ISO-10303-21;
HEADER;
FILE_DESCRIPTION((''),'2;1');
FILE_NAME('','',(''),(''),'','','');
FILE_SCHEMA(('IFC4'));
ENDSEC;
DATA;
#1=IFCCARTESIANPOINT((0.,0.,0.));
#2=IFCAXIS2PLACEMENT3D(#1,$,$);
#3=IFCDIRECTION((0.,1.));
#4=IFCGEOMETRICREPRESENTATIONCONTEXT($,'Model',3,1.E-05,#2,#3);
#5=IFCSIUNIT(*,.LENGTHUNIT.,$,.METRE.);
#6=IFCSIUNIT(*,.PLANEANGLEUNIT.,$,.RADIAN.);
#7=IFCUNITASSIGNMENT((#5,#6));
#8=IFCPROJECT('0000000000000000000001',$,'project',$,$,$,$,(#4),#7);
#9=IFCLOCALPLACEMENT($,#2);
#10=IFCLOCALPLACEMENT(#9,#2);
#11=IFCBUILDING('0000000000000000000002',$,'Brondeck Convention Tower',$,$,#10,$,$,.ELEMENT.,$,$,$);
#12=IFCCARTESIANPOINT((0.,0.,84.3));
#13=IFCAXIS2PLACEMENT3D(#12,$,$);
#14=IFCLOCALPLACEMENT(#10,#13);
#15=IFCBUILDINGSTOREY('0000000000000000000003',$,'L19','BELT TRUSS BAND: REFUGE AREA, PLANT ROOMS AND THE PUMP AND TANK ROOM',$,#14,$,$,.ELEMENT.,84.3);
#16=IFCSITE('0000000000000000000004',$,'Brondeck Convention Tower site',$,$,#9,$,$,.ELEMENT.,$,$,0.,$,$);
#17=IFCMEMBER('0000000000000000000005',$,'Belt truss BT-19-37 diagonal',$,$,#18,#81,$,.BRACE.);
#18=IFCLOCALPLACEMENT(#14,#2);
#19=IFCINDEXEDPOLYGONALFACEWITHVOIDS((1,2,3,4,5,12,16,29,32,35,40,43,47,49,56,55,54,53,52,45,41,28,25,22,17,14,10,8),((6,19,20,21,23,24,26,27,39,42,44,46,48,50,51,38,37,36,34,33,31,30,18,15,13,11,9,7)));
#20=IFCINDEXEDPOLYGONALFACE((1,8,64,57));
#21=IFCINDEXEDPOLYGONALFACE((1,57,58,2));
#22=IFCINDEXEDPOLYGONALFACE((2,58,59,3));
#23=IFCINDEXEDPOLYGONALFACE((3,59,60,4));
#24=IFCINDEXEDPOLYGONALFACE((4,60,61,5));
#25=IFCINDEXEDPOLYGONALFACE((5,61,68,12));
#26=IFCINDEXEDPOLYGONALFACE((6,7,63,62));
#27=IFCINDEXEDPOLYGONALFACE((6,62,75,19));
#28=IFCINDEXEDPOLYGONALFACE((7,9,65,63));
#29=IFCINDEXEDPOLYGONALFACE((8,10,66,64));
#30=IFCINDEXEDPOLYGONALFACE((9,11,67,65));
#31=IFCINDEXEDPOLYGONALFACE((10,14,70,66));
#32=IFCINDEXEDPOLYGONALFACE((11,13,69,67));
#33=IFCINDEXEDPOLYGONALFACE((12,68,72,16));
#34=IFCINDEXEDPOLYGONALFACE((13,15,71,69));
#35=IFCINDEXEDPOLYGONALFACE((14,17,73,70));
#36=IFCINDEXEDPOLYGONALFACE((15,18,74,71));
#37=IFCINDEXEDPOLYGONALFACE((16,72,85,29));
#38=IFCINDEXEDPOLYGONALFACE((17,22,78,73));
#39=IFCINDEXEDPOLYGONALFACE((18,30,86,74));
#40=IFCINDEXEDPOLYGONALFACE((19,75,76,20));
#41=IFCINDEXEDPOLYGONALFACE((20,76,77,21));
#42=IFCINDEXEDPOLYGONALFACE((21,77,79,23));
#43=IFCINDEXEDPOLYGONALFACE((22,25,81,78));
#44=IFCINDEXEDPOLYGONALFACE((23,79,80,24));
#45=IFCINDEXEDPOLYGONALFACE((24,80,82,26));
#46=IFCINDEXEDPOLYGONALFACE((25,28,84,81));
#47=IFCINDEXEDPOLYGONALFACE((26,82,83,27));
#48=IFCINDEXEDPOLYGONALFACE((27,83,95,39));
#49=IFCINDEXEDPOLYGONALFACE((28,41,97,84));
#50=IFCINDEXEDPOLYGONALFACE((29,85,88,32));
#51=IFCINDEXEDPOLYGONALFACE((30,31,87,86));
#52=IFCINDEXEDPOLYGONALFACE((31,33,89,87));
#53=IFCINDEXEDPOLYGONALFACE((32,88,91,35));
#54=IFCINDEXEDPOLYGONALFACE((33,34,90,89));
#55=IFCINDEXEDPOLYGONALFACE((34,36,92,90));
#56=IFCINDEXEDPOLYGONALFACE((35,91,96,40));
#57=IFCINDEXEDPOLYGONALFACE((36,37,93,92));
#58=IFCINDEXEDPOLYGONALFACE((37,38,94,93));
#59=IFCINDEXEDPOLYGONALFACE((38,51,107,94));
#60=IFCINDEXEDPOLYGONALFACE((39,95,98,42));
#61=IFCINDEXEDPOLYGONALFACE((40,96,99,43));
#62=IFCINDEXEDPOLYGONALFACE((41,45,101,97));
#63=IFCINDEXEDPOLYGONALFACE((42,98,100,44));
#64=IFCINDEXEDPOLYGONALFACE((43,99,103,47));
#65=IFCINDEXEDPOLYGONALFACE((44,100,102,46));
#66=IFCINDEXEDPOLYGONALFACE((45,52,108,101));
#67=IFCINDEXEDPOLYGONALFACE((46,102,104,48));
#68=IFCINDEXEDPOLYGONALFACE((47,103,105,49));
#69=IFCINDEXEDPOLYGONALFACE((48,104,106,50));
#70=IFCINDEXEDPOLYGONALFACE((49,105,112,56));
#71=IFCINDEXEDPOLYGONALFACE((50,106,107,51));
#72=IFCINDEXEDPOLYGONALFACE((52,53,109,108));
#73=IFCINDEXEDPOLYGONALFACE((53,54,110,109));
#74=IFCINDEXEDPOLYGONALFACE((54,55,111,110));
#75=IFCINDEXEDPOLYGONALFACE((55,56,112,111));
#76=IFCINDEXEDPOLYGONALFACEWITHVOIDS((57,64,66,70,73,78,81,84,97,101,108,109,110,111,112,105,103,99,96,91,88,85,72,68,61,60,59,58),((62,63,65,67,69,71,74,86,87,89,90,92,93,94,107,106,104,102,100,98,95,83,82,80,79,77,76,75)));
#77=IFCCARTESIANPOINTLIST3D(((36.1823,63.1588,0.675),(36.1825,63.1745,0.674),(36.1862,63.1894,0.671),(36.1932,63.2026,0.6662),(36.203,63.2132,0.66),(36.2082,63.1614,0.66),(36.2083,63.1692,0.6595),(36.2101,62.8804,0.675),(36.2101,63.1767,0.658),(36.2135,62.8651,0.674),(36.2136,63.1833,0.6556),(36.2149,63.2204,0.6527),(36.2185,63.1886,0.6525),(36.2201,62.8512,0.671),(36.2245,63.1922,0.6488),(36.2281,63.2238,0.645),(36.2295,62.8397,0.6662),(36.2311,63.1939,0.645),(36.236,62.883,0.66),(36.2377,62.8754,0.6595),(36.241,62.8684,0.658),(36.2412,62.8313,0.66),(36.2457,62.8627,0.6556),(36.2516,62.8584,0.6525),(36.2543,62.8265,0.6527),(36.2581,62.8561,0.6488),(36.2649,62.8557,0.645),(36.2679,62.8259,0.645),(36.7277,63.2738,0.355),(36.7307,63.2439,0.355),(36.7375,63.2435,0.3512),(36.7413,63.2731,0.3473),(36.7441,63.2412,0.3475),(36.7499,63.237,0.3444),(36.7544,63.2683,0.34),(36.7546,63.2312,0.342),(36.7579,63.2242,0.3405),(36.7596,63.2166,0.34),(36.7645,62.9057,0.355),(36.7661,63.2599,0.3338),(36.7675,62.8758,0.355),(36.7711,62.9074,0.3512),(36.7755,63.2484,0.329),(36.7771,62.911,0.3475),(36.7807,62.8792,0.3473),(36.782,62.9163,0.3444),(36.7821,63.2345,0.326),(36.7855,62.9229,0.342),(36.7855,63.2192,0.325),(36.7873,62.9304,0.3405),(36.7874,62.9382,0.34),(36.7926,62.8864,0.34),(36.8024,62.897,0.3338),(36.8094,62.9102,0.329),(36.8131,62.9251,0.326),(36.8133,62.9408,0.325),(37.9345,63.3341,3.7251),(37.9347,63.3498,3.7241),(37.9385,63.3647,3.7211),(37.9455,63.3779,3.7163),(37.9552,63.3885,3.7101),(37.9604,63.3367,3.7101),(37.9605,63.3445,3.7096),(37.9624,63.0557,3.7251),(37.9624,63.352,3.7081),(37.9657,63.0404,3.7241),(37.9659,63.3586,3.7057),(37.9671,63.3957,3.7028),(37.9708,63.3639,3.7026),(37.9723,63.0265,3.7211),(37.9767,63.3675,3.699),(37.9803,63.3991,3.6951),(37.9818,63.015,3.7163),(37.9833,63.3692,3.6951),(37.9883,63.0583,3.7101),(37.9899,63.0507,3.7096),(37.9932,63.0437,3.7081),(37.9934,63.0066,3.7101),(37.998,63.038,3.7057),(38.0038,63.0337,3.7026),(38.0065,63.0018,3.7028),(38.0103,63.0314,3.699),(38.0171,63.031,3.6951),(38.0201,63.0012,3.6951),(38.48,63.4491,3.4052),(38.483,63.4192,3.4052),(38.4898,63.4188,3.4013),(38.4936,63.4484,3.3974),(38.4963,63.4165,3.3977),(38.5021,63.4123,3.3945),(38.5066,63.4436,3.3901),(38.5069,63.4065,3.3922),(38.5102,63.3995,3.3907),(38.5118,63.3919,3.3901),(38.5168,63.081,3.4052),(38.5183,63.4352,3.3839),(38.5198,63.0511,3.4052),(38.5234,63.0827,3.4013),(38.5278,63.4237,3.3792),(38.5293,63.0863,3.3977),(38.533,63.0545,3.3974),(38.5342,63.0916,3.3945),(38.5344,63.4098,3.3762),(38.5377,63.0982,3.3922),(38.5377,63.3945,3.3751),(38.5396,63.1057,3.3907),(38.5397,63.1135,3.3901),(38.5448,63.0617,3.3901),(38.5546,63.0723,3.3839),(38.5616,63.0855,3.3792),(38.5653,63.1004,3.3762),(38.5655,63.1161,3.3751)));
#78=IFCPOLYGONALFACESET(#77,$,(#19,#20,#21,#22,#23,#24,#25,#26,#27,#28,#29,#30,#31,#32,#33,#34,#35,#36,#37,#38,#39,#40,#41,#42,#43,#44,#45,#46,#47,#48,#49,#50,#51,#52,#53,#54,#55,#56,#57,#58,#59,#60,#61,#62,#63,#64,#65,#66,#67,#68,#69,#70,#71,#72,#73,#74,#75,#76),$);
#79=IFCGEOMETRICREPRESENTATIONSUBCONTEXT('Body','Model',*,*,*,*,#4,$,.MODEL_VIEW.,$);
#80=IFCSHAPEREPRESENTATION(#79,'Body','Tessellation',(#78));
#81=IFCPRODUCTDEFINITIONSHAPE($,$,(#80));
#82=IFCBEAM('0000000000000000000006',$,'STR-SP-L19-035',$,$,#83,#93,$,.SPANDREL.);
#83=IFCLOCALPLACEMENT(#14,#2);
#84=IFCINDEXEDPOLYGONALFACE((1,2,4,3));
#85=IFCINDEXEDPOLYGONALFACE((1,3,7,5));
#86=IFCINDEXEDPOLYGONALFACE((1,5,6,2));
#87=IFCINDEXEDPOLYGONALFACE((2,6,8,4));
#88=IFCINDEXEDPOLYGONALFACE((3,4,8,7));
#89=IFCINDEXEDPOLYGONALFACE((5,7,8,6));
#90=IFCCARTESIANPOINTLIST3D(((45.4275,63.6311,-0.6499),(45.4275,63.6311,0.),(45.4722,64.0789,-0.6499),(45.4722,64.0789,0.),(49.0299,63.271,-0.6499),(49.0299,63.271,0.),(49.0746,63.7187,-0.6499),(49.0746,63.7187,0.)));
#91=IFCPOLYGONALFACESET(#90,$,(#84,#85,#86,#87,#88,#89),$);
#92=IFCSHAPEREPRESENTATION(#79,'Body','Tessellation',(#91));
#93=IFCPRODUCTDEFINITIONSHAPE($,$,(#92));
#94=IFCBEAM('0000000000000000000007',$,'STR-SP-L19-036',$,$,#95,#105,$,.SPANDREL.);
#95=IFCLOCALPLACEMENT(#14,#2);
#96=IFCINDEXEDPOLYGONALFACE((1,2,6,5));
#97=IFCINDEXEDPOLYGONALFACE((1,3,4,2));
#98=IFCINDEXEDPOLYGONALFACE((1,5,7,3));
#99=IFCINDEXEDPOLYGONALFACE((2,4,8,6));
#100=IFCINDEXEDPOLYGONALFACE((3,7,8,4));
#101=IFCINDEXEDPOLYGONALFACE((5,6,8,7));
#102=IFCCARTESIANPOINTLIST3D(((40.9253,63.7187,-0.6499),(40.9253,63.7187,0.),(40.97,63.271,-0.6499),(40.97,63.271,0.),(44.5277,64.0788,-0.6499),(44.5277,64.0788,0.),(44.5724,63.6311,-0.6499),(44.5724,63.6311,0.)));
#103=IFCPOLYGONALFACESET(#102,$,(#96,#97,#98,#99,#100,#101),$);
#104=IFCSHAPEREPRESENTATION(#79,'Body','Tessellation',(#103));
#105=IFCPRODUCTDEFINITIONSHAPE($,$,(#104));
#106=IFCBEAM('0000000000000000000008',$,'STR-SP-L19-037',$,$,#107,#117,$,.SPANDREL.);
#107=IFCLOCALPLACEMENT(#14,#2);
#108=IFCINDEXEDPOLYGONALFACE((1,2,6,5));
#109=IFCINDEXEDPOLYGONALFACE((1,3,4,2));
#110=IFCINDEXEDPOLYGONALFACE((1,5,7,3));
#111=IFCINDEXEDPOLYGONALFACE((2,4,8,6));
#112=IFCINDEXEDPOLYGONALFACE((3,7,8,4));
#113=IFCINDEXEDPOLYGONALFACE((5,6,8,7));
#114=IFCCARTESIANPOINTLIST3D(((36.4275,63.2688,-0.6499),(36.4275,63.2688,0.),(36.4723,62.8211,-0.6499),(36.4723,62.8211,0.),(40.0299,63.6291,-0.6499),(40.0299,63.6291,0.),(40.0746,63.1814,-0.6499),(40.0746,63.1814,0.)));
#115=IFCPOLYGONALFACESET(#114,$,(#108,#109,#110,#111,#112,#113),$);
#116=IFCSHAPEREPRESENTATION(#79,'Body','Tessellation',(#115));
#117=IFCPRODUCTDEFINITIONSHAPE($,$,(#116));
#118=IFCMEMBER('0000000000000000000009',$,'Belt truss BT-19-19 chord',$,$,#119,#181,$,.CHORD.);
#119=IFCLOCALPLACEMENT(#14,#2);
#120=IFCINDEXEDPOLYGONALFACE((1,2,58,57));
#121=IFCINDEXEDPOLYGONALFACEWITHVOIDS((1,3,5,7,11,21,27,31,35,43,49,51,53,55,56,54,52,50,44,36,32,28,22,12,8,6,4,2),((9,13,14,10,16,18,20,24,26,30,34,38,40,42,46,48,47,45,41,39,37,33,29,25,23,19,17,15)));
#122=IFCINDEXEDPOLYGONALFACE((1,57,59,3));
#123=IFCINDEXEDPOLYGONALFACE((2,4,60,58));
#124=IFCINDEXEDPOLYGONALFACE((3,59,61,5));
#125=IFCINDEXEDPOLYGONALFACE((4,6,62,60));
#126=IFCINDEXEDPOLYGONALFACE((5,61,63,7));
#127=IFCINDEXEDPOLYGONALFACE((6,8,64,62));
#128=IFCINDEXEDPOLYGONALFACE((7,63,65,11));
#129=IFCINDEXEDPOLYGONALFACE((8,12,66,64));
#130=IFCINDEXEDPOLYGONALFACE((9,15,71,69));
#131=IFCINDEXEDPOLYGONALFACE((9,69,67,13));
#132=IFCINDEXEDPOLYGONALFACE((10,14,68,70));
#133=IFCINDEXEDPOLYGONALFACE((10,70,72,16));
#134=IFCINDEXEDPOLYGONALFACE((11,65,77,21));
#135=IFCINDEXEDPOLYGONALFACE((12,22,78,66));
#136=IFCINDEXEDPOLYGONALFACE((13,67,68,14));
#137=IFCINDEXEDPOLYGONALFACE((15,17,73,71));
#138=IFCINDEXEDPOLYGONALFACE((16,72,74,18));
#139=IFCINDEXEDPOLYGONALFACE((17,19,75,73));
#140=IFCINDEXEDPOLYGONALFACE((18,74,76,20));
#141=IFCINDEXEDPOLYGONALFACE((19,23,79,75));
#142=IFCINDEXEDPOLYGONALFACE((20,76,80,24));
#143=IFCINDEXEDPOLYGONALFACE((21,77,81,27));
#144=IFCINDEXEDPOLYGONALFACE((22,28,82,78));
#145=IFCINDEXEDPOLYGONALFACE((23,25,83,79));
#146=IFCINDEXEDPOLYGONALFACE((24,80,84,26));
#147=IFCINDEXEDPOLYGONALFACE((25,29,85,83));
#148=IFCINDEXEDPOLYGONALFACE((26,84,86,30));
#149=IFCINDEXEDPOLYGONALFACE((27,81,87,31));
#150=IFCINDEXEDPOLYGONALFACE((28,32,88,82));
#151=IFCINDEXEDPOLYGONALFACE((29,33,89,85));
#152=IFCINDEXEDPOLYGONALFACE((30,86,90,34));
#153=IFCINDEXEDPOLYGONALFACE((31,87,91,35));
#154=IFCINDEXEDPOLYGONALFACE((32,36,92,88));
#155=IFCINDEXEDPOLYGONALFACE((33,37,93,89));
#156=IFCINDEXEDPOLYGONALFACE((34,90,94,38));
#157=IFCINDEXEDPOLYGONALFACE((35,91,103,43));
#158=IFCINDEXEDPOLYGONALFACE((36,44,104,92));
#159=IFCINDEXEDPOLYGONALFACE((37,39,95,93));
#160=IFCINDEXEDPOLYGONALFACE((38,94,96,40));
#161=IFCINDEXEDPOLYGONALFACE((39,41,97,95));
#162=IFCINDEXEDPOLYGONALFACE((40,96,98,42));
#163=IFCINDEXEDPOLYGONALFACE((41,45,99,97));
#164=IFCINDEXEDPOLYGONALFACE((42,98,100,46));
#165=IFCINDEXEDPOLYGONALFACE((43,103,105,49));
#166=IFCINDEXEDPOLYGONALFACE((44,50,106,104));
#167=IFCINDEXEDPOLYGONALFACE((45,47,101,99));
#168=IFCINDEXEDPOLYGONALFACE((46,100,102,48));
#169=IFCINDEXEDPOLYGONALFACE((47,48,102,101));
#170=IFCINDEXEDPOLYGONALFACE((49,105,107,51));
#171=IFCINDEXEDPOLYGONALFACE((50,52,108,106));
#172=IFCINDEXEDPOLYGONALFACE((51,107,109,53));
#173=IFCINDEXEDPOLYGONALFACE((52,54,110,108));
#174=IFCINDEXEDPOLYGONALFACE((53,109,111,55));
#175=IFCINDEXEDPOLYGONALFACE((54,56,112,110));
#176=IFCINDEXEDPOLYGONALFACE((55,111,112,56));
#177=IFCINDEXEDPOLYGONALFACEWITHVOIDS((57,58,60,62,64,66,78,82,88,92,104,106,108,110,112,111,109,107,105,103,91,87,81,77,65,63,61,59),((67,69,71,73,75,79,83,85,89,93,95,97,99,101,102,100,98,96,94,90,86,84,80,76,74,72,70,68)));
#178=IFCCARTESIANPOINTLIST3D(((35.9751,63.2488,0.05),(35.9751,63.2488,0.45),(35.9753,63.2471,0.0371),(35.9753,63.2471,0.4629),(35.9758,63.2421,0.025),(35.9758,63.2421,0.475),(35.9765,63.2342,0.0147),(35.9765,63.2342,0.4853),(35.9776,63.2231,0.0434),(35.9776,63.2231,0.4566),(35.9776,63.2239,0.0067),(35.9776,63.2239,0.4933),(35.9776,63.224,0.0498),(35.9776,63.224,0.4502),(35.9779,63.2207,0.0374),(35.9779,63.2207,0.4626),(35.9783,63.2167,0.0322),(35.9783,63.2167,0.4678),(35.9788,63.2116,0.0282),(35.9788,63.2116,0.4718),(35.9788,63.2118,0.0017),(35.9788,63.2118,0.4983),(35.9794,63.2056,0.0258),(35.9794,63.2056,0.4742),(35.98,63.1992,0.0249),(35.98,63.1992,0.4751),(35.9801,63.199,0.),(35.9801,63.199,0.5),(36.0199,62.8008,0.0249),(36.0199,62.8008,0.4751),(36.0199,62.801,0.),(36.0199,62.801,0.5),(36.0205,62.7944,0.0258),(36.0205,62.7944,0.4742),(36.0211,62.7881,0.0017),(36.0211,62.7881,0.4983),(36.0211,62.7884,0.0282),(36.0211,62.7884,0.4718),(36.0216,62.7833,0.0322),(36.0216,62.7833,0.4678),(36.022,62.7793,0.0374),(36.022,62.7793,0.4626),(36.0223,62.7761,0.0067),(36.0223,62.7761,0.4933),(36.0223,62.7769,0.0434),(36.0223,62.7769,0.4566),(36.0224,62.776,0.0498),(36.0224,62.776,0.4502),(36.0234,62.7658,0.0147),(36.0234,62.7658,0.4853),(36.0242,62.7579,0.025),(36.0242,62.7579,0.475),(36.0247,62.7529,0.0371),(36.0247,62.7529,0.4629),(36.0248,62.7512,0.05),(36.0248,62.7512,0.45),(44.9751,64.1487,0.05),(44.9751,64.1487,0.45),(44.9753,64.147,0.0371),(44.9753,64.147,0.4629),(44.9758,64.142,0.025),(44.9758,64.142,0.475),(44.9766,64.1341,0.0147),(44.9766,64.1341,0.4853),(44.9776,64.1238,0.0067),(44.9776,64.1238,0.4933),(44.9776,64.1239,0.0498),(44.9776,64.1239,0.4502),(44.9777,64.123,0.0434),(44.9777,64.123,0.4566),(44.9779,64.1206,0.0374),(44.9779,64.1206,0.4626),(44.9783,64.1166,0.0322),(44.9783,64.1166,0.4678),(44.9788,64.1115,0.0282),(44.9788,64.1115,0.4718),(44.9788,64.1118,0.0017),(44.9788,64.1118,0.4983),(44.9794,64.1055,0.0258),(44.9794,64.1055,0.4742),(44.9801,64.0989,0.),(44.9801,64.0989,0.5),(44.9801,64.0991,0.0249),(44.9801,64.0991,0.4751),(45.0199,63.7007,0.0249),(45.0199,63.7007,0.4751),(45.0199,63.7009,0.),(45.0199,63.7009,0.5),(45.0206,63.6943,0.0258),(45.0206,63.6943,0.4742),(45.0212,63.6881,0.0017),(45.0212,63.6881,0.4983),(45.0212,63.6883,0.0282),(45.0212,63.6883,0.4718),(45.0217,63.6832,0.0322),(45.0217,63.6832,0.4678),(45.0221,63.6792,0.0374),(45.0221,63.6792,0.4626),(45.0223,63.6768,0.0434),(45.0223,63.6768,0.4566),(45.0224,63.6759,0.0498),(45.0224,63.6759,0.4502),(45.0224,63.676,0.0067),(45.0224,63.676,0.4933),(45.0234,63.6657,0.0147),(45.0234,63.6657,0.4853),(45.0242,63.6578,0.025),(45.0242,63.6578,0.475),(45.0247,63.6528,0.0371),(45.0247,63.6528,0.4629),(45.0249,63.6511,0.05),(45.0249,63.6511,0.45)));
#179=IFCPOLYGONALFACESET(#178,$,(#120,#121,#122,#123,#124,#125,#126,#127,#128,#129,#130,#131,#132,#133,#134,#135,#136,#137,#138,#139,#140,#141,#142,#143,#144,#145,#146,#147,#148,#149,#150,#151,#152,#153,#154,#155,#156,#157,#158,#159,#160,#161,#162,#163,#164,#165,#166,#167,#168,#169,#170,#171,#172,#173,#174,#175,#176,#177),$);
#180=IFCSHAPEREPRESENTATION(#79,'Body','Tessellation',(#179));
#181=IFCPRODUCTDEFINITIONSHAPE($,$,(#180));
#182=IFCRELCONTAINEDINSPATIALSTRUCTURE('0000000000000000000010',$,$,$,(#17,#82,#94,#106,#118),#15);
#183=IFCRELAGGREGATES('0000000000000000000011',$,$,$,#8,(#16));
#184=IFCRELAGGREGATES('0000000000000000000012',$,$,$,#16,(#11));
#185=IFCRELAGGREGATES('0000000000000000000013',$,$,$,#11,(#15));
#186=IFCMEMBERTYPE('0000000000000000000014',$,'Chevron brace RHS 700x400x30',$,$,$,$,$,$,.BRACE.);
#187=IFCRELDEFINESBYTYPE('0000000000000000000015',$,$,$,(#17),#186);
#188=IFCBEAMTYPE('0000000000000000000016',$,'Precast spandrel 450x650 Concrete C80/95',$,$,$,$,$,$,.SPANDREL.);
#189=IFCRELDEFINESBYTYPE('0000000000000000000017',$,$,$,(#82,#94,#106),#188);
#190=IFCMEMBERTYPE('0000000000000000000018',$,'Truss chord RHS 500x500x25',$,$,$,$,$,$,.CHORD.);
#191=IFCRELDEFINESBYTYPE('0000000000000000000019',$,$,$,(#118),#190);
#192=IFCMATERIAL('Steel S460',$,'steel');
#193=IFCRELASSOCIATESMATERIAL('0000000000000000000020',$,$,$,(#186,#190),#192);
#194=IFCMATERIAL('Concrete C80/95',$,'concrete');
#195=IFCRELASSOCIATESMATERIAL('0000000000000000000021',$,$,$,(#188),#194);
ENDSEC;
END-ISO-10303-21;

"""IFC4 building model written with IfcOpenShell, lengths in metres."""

from ifc_helpers import new_model, si_unit, direction, frame, origin, origin_2d, place, context, subcontext, project, spatial, rectangle, hollow_rectangle, extrude, material, material_profile, profile_set, type_object, element, save


model = new_model("IFC4")

# Units and contexts
model_context = context("Model", 3, precision=1e-05, world=origin(), true_north=direction((0.0, 1.0)))
body_context = subcontext(model_context, "Body", "Model", "MODEL_VIEW")
ifc_project = project(units=[si_unit("LENGTHUNIT", "METRE"), si_unit("PLANEANGLEUNIT", "RADIAN")], contexts=[model_context])

# Site, building, storey
site_placement = place(None, origin())
site = spatial("IfcSite", under=ifc_project, at=site_placement, Name="Brondeck Convention Tower site", CompositionType="ELEMENT", RefElevation=0.0)
building_placement = place(site_placement, origin())
building = spatial("IfcBuilding", under=site, at=building_placement, Name="Brondeck Convention Tower", CompositionType="ELEMENT")
storey_placement = place(building_placement, frame((0.0, 0.0, 84.3)))
storey = spatial("IfcBuildingStorey", under=building, at=storey_placement, Name="L19", Description="BELT TRUSS BAND: REFUGE AREA, PLANT ROOMS AND THE PUMP AND TANK ROOM", CompositionType="ELEMENT", Elevation=84.3)

# Shared definitions
ifc_material_1 = material(Name="Concrete C80/95", Category="concrete")

# Member
ifc_material_2 = material(Name="Steel S460", Category="steel")
ifc_material_profile_1 = material_profile(ifc_material_2, hollow_rectangle(XDim=0.3999, YDim=0.7, WallThickness=0.03, InnerFilletRadius=0.03, OuterFilletRadius=0.0601, at=origin_2d()), Name="RHS 700x400x30")
ifc_profile_set_1 = profile_set([ifc_material_profile_1], Name="Steel S460")
member_type_1 = type_object("IfcMemberType", Name="Chevron brace RHS 700x400x30", PredefinedType="BRACE", material=ifc_profile_set_1)
for number, where, z_axis, x_axis, name in (
    (1, (36.4978, 63.0498, 0.5), (0.497516, 0.049772, 0.866026), (-0.099545, 0.995033, 0.0), "Belt truss BT-19-37 diagonal"),
):
    element("IfcMember", number, at=place(storey_placement, frame(where, z_axis=z_axis, x_axis=x_axis)), inside=storey, type_object=member_type_1, Name=name, PredefinedType="BRACE", context=body_context, shape_type="SweptSolid", body=[
        extrude(hollow_rectangle(XDim=0.3999, YDim=0.7, WallThickness=0.03, InnerFilletRadius=0.03, OuterFilletRadius=0.0601, at=origin_2d()), origin(), (0.0, 0.0, 1.0), 3.522),
    ])

# Beams
ifc_material_profile_2 = material_profile(ifc_material_1, rectangle(XDim=0.45, YDim=0.6499, at=origin_2d()), Name="Precast spandrel 450x650 Concrete C80/95")
ifc_profile_set_2 = profile_set([ifc_material_profile_2], Name="Concrete C80/95")
beam_type = type_object("IfcBeamType", Name="Precast spandrel 450x650 Concrete C80/95", PredefinedType="SPANDREL", material=ifc_profile_set_2)
for number, where, z_axis, x_axis, name in (
    (2, (49.0522, 63.4949, -0.325), (-0.995041, 0.09947, 0.0), (-0.09947, -0.995041, 0.0), "STR-SP-L19-035"),
    (3, (44.55, 63.855, -0.325), (-0.995041, -0.09947, 0.0), (0.09947, -0.995041, 0.0), "STR-SP-L19-036"),
    (4, (40.0522, 63.4053, -0.325), (-0.995034, -0.099537, 0.0), (0.099537, -0.995034, 0.0), "STR-SP-L19-037"),
):
    element("IfcBeam", number, at=place(storey_placement, frame(where, z_axis=z_axis, x_axis=x_axis)), inside=storey, type_object=beam_type, Name=name, PredefinedType="SPANDREL", context=body_context, shape_type="SweptSolid", body=[
        extrude(rectangle(XDim=0.45, YDim=0.6499, at=origin_2d()), origin(), (0.0, 0.0, 1.0), 3.6204),
    ])

# Member
ifc_material_profile_3 = material_profile(ifc_material_2, hollow_rectangle(XDim=0.5, YDim=0.5, WallThickness=0.0249, InnerFilletRadius=0.0249, OuterFilletRadius=0.05, at=origin_2d()), Name="RHS 500x500x25")
ifc_profile_set_3 = profile_set([ifc_material_profile_3], Name="Steel S460")
member_type_2 = type_object("IfcMemberType", Name="Truss chord RHS 500x500x25", PredefinedType="CHORD", material=ifc_profile_set_3)
member_placement = place(storey_placement, frame((45.0, 63.8999, 0.25), z_axis=(-0.995038, -0.099493, 0.0), x_axis=(0.099493, -0.995038, 0.0)))
element("IfcMember", 5, at=member_placement, inside=storey, type_object=member_type_2, Name="Belt truss BT-19-19 chord", PredefinedType="CHORD", context=body_context, shape_type="SweptSolid", body=[
    extrude(hollow_rectangle(XDim=0.5, YDim=0.5, WallThickness=0.0249, InnerFilletRadius=0.0249, OuterFilletRadius=0.05, at=origin_2d()), origin(), (0.0, 0.0, 1.0), 9.0449),
])

save(model, "model.ifc")
